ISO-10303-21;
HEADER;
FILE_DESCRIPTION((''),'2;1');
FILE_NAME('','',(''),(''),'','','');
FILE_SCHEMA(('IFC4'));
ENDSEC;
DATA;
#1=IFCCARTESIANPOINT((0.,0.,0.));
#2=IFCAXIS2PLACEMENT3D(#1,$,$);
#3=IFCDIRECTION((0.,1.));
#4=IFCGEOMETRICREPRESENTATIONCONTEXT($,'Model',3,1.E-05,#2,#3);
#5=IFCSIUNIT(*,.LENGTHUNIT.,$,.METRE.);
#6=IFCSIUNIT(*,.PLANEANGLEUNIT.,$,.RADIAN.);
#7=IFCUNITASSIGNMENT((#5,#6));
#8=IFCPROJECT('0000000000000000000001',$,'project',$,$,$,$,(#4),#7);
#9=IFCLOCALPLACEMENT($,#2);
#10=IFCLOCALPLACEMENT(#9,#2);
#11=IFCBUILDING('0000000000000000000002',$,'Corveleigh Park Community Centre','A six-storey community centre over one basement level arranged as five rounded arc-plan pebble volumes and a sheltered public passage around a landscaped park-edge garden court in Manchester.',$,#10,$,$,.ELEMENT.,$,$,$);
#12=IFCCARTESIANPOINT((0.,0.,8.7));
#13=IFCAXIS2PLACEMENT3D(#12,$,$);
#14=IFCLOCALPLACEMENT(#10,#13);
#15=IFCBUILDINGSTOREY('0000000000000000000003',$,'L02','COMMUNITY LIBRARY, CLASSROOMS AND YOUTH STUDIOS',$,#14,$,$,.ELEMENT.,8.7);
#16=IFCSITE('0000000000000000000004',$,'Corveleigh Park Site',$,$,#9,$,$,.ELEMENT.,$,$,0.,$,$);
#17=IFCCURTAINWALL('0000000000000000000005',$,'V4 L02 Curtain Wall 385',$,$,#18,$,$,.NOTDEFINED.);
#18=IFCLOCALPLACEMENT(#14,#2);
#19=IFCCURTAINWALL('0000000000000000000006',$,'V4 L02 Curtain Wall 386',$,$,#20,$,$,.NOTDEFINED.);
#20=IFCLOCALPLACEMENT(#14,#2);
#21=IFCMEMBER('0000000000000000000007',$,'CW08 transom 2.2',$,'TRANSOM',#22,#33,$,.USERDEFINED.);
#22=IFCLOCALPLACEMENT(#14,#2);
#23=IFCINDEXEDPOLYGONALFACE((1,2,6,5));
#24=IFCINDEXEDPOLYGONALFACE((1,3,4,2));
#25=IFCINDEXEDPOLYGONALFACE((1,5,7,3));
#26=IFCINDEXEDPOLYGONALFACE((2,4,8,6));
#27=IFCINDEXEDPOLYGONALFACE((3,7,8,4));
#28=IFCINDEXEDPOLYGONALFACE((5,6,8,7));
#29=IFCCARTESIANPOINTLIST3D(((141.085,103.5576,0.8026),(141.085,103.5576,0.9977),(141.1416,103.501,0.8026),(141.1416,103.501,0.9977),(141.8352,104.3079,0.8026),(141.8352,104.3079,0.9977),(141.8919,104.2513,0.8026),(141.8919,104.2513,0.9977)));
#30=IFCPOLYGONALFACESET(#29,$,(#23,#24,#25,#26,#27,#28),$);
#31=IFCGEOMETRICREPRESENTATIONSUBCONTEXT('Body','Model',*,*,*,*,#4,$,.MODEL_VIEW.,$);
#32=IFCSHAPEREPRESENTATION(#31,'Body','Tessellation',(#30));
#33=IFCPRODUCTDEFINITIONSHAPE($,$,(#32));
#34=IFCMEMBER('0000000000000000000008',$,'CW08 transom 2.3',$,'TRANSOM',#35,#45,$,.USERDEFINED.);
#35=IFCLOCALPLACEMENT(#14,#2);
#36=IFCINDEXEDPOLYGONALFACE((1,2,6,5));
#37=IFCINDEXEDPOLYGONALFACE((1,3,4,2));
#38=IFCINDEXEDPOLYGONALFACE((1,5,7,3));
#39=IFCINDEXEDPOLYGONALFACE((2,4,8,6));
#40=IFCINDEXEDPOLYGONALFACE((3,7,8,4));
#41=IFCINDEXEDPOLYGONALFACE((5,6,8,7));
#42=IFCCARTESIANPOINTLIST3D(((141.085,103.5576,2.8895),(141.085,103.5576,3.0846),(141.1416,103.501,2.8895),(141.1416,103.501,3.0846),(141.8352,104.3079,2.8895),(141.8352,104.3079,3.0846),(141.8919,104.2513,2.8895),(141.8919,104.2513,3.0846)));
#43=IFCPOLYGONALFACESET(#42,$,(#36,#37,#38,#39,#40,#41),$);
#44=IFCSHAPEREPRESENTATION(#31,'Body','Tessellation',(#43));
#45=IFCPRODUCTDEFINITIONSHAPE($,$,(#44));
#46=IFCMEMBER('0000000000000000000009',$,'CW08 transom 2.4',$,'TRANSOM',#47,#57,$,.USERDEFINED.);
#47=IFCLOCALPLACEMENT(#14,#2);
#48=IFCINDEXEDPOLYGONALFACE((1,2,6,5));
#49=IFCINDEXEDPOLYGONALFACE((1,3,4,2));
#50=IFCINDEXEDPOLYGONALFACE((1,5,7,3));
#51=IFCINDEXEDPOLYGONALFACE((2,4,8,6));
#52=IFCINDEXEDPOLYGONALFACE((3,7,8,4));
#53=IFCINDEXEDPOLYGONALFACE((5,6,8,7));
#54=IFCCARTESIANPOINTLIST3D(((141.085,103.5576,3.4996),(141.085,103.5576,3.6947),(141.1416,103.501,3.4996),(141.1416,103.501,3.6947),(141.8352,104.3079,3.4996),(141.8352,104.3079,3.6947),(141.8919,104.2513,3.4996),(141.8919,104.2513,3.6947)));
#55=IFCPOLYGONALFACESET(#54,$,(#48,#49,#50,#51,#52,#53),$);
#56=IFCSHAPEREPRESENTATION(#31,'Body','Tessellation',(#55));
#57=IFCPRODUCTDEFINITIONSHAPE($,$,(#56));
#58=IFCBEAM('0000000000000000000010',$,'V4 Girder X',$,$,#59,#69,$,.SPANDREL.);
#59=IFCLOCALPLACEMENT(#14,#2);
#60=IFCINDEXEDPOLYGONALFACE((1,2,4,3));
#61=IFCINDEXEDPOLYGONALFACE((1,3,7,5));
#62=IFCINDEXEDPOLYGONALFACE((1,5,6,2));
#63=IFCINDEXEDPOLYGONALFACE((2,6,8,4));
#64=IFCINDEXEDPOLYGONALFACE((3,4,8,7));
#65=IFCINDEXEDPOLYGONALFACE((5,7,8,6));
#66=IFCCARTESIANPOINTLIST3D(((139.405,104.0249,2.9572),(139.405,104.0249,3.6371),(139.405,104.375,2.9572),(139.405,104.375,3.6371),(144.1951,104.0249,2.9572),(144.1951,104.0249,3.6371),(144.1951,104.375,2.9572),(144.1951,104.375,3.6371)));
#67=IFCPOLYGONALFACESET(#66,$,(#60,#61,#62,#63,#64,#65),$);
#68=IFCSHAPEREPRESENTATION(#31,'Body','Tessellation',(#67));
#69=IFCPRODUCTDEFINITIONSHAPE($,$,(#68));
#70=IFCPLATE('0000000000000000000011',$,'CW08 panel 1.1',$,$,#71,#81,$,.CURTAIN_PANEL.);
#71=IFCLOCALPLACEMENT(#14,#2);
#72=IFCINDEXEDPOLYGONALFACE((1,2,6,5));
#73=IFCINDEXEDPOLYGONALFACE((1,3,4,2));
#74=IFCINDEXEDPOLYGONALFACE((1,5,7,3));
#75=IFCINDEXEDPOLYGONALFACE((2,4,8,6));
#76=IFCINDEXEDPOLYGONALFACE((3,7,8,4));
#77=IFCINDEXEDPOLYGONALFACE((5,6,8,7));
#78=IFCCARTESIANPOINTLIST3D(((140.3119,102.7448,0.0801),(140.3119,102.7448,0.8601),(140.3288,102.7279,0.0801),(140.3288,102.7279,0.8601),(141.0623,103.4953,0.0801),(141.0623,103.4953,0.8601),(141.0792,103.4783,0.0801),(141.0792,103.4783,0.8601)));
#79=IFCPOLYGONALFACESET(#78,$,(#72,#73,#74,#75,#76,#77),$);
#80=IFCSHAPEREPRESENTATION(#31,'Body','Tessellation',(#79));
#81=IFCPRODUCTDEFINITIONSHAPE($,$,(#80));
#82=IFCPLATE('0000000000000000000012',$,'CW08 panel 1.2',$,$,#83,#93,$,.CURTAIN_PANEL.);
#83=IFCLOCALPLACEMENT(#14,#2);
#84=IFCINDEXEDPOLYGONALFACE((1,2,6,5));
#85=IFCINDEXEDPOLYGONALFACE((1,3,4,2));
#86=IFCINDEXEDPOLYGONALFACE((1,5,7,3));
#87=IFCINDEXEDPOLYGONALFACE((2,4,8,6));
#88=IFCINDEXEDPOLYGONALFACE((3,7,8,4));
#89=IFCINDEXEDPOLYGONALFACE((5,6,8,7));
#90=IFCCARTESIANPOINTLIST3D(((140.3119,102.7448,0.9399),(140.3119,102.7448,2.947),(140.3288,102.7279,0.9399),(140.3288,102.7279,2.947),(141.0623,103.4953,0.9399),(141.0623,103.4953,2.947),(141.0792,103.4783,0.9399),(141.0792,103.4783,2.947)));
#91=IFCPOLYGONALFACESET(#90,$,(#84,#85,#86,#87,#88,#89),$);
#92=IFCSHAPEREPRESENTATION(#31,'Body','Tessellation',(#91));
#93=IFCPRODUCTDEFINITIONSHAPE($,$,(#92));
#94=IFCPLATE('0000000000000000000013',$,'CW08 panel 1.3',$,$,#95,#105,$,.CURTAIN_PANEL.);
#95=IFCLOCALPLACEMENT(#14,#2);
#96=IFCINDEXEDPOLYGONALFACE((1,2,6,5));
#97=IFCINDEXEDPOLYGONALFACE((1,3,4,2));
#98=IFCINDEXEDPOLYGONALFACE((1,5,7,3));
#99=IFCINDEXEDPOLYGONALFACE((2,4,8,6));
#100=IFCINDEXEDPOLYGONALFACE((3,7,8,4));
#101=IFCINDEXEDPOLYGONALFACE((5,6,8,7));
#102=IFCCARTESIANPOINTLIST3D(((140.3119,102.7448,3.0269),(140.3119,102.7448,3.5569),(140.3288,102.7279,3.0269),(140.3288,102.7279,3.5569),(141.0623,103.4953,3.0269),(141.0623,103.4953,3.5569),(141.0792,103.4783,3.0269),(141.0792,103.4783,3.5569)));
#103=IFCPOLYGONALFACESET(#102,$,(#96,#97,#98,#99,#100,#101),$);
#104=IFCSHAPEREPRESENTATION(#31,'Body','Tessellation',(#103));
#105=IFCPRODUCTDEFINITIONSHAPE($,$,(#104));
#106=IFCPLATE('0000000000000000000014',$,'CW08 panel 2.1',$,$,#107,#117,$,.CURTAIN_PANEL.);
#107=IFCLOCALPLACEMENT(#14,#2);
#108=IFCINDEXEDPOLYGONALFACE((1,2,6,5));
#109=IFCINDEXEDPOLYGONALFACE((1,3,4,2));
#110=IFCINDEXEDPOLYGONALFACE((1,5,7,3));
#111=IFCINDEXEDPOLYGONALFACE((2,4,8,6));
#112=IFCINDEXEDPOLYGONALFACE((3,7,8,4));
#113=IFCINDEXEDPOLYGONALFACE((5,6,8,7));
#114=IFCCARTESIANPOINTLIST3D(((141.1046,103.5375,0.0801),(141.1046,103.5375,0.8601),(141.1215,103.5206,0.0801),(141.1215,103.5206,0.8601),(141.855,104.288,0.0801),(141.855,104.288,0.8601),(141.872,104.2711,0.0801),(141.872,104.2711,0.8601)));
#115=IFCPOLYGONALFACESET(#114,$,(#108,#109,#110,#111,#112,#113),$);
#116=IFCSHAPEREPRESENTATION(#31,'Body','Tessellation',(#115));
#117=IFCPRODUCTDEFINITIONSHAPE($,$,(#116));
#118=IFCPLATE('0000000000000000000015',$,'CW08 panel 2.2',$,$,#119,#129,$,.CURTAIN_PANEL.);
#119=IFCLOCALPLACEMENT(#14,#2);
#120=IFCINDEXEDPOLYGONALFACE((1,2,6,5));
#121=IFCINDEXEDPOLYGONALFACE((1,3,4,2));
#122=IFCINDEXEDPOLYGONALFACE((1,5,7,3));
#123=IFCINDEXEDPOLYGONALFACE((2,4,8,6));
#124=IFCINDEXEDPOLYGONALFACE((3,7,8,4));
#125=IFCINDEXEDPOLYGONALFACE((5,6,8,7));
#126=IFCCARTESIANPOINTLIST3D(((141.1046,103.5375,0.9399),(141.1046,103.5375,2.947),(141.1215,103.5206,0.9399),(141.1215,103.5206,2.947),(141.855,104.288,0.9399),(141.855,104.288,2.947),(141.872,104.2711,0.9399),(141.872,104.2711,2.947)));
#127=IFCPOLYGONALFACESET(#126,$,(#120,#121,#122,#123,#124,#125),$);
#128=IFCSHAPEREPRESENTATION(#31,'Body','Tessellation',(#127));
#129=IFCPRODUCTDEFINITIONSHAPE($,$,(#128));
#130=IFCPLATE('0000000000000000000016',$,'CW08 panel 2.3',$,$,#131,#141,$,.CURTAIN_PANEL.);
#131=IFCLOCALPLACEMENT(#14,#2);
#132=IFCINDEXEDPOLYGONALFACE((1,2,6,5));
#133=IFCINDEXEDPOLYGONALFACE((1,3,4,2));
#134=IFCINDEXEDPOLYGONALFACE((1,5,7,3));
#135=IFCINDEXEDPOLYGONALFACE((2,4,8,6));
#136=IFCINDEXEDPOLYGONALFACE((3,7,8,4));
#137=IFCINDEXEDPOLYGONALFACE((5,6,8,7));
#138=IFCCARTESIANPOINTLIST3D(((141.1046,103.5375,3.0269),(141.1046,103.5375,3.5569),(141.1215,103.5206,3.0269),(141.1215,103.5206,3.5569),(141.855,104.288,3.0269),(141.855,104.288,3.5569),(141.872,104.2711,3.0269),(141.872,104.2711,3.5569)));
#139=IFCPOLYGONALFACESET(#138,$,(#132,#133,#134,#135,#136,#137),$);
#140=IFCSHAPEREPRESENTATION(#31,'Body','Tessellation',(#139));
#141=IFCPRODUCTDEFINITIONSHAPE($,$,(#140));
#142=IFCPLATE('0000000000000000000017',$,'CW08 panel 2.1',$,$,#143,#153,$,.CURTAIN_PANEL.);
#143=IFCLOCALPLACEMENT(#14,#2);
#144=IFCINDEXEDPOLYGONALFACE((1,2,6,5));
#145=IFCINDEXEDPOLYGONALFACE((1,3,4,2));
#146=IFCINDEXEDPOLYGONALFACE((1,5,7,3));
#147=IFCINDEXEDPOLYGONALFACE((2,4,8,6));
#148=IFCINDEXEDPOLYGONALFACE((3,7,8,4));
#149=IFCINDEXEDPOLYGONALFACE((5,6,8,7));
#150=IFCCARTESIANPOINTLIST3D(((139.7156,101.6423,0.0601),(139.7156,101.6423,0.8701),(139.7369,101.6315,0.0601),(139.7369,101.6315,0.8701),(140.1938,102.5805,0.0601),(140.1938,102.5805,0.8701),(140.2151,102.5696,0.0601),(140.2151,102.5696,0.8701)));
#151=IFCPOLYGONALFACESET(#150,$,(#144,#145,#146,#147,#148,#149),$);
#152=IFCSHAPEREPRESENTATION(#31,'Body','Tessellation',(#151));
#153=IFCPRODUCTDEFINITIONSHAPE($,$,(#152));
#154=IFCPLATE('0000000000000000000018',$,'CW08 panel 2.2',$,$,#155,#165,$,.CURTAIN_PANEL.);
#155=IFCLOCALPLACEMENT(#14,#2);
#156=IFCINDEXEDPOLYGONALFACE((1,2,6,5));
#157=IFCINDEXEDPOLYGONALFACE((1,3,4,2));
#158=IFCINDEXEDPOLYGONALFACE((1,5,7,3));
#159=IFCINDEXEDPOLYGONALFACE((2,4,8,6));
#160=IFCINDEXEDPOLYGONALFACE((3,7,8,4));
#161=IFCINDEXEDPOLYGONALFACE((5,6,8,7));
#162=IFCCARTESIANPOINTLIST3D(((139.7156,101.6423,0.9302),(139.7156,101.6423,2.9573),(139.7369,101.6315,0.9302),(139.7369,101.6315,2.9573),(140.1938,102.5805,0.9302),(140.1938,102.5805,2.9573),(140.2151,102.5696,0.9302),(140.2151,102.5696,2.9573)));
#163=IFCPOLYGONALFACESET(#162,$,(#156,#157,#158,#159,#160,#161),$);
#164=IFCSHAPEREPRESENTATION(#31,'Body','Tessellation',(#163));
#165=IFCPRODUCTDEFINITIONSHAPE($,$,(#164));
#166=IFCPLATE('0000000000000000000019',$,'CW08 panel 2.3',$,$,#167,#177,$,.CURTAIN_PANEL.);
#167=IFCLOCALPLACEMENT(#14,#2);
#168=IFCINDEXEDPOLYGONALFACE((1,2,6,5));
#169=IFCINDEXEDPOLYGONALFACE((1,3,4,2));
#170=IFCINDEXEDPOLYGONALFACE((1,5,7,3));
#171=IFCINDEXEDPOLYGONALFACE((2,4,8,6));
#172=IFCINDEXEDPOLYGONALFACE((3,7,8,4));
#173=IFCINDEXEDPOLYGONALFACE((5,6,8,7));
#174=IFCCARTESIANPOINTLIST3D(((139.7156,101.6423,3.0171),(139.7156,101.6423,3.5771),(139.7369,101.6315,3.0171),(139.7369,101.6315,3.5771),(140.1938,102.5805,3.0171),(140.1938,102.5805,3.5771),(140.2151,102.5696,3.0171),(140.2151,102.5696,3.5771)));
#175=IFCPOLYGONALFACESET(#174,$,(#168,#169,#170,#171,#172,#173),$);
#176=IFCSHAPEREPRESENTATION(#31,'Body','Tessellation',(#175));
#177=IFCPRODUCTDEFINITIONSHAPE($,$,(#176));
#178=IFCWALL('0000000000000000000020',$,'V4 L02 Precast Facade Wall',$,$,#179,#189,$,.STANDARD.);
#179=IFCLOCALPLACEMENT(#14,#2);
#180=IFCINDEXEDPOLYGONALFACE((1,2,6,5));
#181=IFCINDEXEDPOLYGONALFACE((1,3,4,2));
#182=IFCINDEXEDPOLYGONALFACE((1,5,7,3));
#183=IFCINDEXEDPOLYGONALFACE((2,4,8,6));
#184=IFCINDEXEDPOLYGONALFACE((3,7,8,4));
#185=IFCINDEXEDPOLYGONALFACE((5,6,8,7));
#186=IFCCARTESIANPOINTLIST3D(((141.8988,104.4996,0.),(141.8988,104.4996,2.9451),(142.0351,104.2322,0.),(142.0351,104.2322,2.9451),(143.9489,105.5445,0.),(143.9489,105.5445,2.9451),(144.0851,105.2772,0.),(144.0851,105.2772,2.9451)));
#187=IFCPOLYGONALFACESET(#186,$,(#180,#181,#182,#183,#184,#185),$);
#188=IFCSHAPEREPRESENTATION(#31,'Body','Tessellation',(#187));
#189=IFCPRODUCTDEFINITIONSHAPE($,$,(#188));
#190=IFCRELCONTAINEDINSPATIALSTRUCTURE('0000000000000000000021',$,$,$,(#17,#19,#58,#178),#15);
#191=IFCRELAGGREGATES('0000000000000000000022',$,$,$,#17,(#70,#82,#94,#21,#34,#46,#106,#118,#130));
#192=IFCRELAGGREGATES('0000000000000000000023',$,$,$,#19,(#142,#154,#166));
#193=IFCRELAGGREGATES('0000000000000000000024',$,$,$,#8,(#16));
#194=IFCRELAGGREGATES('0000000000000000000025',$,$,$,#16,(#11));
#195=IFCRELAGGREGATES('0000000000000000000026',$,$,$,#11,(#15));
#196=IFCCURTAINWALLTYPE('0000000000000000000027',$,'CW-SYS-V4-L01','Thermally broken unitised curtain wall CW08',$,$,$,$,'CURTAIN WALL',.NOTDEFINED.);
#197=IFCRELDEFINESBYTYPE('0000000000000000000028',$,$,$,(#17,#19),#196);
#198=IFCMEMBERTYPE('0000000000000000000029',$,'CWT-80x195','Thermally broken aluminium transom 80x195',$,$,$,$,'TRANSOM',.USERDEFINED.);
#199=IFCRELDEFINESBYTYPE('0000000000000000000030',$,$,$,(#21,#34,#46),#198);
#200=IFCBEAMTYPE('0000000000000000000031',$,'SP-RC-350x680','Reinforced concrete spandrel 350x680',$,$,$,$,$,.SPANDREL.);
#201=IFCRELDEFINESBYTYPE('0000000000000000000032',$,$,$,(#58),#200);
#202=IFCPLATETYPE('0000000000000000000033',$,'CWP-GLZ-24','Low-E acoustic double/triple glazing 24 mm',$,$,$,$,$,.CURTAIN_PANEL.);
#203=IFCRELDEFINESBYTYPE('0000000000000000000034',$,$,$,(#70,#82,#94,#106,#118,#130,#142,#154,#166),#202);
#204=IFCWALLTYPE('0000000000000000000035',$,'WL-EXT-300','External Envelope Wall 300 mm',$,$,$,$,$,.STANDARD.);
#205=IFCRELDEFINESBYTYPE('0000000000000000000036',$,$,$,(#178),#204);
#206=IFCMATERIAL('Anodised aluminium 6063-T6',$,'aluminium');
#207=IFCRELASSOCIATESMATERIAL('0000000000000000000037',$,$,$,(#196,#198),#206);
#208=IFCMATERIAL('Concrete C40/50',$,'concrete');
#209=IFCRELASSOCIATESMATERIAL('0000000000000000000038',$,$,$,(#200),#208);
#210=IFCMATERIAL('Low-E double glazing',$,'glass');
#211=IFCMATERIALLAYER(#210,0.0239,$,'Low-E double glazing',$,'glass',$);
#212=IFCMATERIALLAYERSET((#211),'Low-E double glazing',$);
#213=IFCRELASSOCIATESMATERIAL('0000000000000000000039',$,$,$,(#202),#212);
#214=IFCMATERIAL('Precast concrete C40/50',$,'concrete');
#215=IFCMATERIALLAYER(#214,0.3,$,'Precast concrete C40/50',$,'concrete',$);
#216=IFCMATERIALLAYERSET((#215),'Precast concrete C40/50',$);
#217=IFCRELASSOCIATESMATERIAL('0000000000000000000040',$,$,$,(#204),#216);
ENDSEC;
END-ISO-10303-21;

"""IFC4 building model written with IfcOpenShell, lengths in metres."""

from ifc_helpers import new_model, si_unit, direction, frame, frame_2d, origin, origin_2d, place, context, subcontext, project, spatial, rectangle, extrude, material, layer, layer_set, material_profile, profile_set, type_object, element, aggregate, save


model = new_model("IFC4")

# Units and contexts
model_context = context("Model", 3, precision=1e-05, world=origin(), true_north=direction((0.0, 1.0)))
body_context = subcontext(model_context, "Body", "Model", "MODEL_VIEW")
ifc_project = project(units=[si_unit("LENGTHUNIT", "METRE"), si_unit("PLANEANGLEUNIT", "RADIAN")], contexts=[model_context])

# Site, building, storey
site_placement = place(None, origin())
site = spatial("IfcSite", under=ifc_project, at=site_placement, Name="Corveleigh Park Site", CompositionType="ELEMENT", RefElevation=0.0)
building_placement = place(site_placement, origin())
building = spatial("IfcBuilding", under=site, at=building_placement, Name="Corveleigh Park Community Centre", Description="A six-storey community centre over one basement level arranged as five rounded arc-plan pebble volumes and a sheltered public passage around a landscaped park-edge garden court in Manchester.", CompositionType="ELEMENT")
storey_placement = place(building_placement, frame((0.0, 0.0, 8.7)))
storey = spatial("IfcBuildingStorey", under=building, at=storey_placement, Name="L02", Description="COMMUNITY LIBRARY, CLASSROOMS AND YOUTH STUDIOS", CompositionType="ELEMENT", Elevation=8.7)

# Shared definitions
ifc_material_1 = material(Name="Concrete C40/50", Category="concrete")

# Curtain walls
ifc_material_2 = material(Name="Anodised aluminium 6063-T6", Category="aluminium")
curtain_wall_type = type_object("IfcCurtainWallType", Name="CW-SYS-V4-L01", Description="Thermally broken unitised curtain wall CW08", ElementType="CURTAIN WALL", PredefinedType="NOTDEFINED", material=ifc_material_2)
curtain_wall_1_placement = place(storey_placement, origin())
curtain_wall_1 = element("IfcCurtainWall", 1, at=curtain_wall_1_placement, inside=storey, type_object=curtain_wall_type, Name="V4 L02 Curtain Wall 385", PredefinedType="NOTDEFINED")
curtain_wall_2_placement = place(storey_placement, origin())
curtain_wall_2 = element("IfcCurtainWall", 2, at=curtain_wall_2_placement, inside=storey, type_object=curtain_wall_type, Name="V4 L02 Curtain Wall 386", PredefinedType="NOTDEFINED")

# Members
ifc_material_profile_1 = material_profile(ifc_material_2, rectangle(XDim=0.0801, YDim=0.1951, at=origin_2d()), Name="ALU-T80x195", Category="aluminium")
ifc_profile_set_1 = profile_set([ifc_material_profile_1], Name="Anodised aluminium 6063-T6")
member_type_1 = type_object("IfcMemberType", Name="CWT-80x195", Description="Thermally broken aluminium transom 80x195", ElementType="TRANSOM", PredefinedType="USERDEFINED", material=ifc_profile_set_1)
member_1_placement = place(storey_placement, frame((141.1133, 103.5293, 0.9001), z_axis=(0.707107, 0.707107, 0.0), x_axis=(-0.707107, 0.707107, 0.0)))
member_1 = element("IfcMember", 3, at=member_1_placement, type_object=member_type_1, Name="CW08 transom 2.2", ObjectType="TRANSOM", PredefinedType="USERDEFINED", context=body_context, shape_type="SweptSolid", body=[
    extrude(rectangle(XDim=0.0801, YDim=0.1951, at=origin_2d()), origin(), (0.0, 0.0, 1.0), 1.061),
])
member_2_placement = place(storey_placement, frame((141.1133, 103.5293, 2.9871), z_axis=(0.707107, 0.707107, 0.0), x_axis=(-0.707107, 0.707107, 0.0)))
member_2 = element("IfcMember", 4, at=member_2_placement, type_object=member_type_1, Name="CW08 transom 2.3", ObjectType="TRANSOM", PredefinedType="USERDEFINED", context=body_context, shape_type="SweptSolid", body=[
    extrude(rectangle(XDim=0.0801, YDim=0.1951, at=origin_2d()), origin(), (0.0, 0.0, 1.0), 1.061),
])
member_3_placement = place(storey_placement, frame((141.1133, 103.5293, 3.5972), z_axis=(0.707107, 0.707107, 0.0), x_axis=(-0.707107, 0.707107, 0.0)))
member_3 = element("IfcMember", 5, at=member_3_placement, type_object=member_type_1, Name="CW08 transom 2.4", ObjectType="TRANSOM", PredefinedType="USERDEFINED", context=body_context, shape_type="SweptSolid", body=[
    extrude(rectangle(XDim=0.0801, YDim=0.1951, at=origin_2d()), origin(), (0.0, 0.0, 1.0), 1.061),
])

# Beam
ifc_material_profile_2 = material_profile(ifc_material_1, rectangle(XDim=0.3501, YDim=0.6799, at=origin_2d()), Name="RC-350x680", Category="concrete")
ifc_profile_set_2 = profile_set([ifc_material_profile_2], Name="Concrete C40/50")
beam_type = type_object("IfcBeamType", Name="SP-RC-350x680", Description="Reinforced concrete spandrel 350x680", PredefinedType="SPANDREL", material=ifc_profile_set_2)
beam_placement = place(storey_placement, frame((139.405, 104.2, 3.2971), z_axis=(1.0, 0.0, 0.0), x_axis=(0.0, 1.0, 0.0)))
element("IfcBeam", 6, at=beam_placement, inside=storey, type_object=beam_type, Name="V4 Girder X", PredefinedType="SPANDREL", context=body_context, shape_type="SweptSolid", body=[
    extrude(rectangle(XDim=0.3501, YDim=0.6799, at=origin_2d()), origin(), (0.0, 0.0, 1.0), 4.79),
])

# Plates
ifc_material_3 = material(Name="Low-E double glazing", Category="glass")
ifc_layer_1 = layer(ifc_material_3, 0.0239, Name="Low-E double glazing", Category="glass")
ifc_layer_set_1 = layer_set([ifc_layer_1], Name="Low-E double glazing")
plate_type = type_object("IfcPlateType", Name="CWP-GLZ-24", Description="Low-E acoustic double/triple glazing 24 mm", PredefinedType="CURTAIN_PANEL", material=ifc_layer_set_1)
plate_1_placement = place(storey_placement, frame((140.6956, 103.1116, 0.0801), z_axis=(0.0, 0.0, 1.0), x_axis=(0.707107, 0.707107, 0.0)))
plate_1 = element("IfcPlate", 7, at=plate_1_placement, type_object=plate_type, Name="CW08 panel 1.1", PredefinedType="CURTAIN_PANEL", context=body_context, shape_type="SweptSolid", body=[
    extrude(rectangle(XDim=1.0613, YDim=0.0239, at=origin_2d()), origin(), (0.0, 0.0, 1.0), 0.78),
])
plate_2_placement = place(storey_placement, frame((140.6956, 103.1116, 0.9399), z_axis=(0.0, 0.0, 1.0), x_axis=(0.707107, 0.707107, 0.0)))
plate_2 = element("IfcPlate", 8, at=plate_2_placement, type_object=plate_type, Name="CW08 panel 1.2", PredefinedType="CURTAIN_PANEL", context=body_context, shape_type="SweptSolid", body=[
    extrude(rectangle(XDim=1.0613, YDim=0.0239, at=origin_2d()), origin(), (0.0, 0.0, 1.0), 2.0071),
])
plate_3_placement = place(storey_placement, frame((140.6956, 103.1116, 3.0269), z_axis=(0.0, 0.0, 1.0), x_axis=(0.707107, 0.707107, 0.0)))
plate_3 = element("IfcPlate", 9, at=plate_3_placement, type_object=plate_type, Name="CW08 panel 1.3", PredefinedType="CURTAIN_PANEL", context=body_context, shape_type="SweptSolid", body=[
    extrude(rectangle(XDim=1.0613, YDim=0.0239, at=origin_2d()), origin(), (0.0, 0.0, 1.0), 0.53),
])
plate_4_placement = place(storey_placement, frame((141.4883, 103.9043, 0.0801), z_axis=(0.0, 0.0, 1.0), x_axis=(0.707107, 0.707107, 0.0)))
plate_4 = element("IfcPlate", 10, at=plate_4_placement, type_object=plate_type, Name="CW08 panel 2.1", PredefinedType="CURTAIN_PANEL", context=body_context, shape_type="SweptSolid", body=[
    extrude(rectangle(XDim=1.0613, YDim=0.0239, at=origin_2d()), origin(), (0.0, 0.0, 1.0), 0.78),
])
plate_5_placement = place(storey_placement, frame((141.4883, 103.9043, 0.9399), z_axis=(0.0, 0.0, 1.0), x_axis=(0.707107, 0.707107, 0.0)))
plate_5 = element("IfcPlate", 11, at=plate_5_placement, type_object=plate_type, Name="CW08 panel 2.2", PredefinedType="CURTAIN_PANEL", context=body_context, shape_type="SweptSolid", body=[
    extrude(rectangle(XDim=1.0613, YDim=0.0239, at=origin_2d()), origin(), (0.0, 0.0, 1.0), 2.0071),
])
plate_6_placement = place(storey_placement, frame((141.4883, 103.9043, 3.0269), z_axis=(0.0, 0.0, 1.0), x_axis=(0.707107, 0.707107, 0.0)))
plate_6 = element("IfcPlate", 12, at=plate_6_placement, type_object=plate_type, Name="CW08 panel 2.3", PredefinedType="CURTAIN_PANEL", context=body_context, shape_type="SweptSolid", body=[
    extrude(rectangle(XDim=1.0613, YDim=0.0239, at=origin_2d()), origin(), (0.0, 0.0, 1.0), 0.53),
])
aggregate(curtain_wall_1, [plate_1, plate_2, plate_3, member_1, member_2, member_3, plate_4, plate_5, plate_6])
plate_7_placement = place(storey_placement, frame((139.9653, 102.106, 0.0601), z_axis=(0.0, 0.0, 1.0), x_axis=(0.454154, 0.890923, 0.0)))
plate_7 = element("IfcPlate", 13, at=plate_7_placement, type_object=plate_type, Name="CW08 panel 2.1", PredefinedType="CURTAIN_PANEL", context=body_context, shape_type="SweptSolid", body=[
    extrude(rectangle(XDim=1.053, YDim=0.0239, at=origin_2d()), origin(), (0.0, 0.0, 1.0), 0.8101),
])
plate_8_placement = place(storey_placement, frame((139.9653, 102.106, 0.9302), z_axis=(0.0, 0.0, 1.0), x_axis=(0.454154, 0.890923, 0.0)))
plate_8 = element("IfcPlate", 14, at=plate_8_placement, type_object=plate_type, Name="CW08 panel 2.2", PredefinedType="CURTAIN_PANEL", context=body_context, shape_type="SweptSolid", body=[
    extrude(rectangle(XDim=1.053, YDim=0.0239, at=origin_2d()), origin(), (0.0, 0.0, 1.0), 2.0271),
])
plate_9_placement = place(storey_placement, frame((139.9653, 102.106, 3.0171), z_axis=(0.0, 0.0, 1.0), x_axis=(0.454154, 0.890923, 0.0)))
plate_9 = element("IfcPlate", 15, at=plate_9_placement, type_object=plate_type, Name="CW08 panel 2.3", PredefinedType="CURTAIN_PANEL", context=body_context, shape_type="SweptSolid", body=[
    extrude(rectangle(XDim=1.053, YDim=0.0239, at=origin_2d()), origin(), (0.0, 0.0, 1.0), 0.5601),
])
aggregate(curtain_wall_2, [plate_7, plate_8, plate_9])

# Wall
ifc_material_4 = material(Name="Precast concrete C40/50", Category="concrete")
ifc_layer_2 = layer(ifc_material_4, 0.3, Name="Precast concrete C40/50", Category="concrete")
ifc_layer_set_2 = layer_set([ifc_layer_2], Name="Precast concrete C40/50")
wall_type = type_object("IfcWallType", Name="WL-EXT-300", Description="External Envelope Wall 300 mm", PredefinedType="STANDARD", material=ifc_layer_set_2)
wall_placement = place(storey_placement, frame((141.967, 104.366, 0.0), z_axis=(0.0, 0.0, 1.0), x_axis=(0.890942, 0.454118, 0.0)))
element("IfcWall", 16, at=wall_placement, inside=storey, type_object=wall_type, Name="V4 L02 Precast Facade Wall", PredefinedType="STANDARD", context=body_context, shape_type="SweptSolid", body=[
    extrude(rectangle(XDim=2.301, YDim=0.3, at=frame_2d((1.1504, 0.0))), origin(), (0.0, 0.0, 1.0), 2.9451),
])

save(model, "model.ifc")
